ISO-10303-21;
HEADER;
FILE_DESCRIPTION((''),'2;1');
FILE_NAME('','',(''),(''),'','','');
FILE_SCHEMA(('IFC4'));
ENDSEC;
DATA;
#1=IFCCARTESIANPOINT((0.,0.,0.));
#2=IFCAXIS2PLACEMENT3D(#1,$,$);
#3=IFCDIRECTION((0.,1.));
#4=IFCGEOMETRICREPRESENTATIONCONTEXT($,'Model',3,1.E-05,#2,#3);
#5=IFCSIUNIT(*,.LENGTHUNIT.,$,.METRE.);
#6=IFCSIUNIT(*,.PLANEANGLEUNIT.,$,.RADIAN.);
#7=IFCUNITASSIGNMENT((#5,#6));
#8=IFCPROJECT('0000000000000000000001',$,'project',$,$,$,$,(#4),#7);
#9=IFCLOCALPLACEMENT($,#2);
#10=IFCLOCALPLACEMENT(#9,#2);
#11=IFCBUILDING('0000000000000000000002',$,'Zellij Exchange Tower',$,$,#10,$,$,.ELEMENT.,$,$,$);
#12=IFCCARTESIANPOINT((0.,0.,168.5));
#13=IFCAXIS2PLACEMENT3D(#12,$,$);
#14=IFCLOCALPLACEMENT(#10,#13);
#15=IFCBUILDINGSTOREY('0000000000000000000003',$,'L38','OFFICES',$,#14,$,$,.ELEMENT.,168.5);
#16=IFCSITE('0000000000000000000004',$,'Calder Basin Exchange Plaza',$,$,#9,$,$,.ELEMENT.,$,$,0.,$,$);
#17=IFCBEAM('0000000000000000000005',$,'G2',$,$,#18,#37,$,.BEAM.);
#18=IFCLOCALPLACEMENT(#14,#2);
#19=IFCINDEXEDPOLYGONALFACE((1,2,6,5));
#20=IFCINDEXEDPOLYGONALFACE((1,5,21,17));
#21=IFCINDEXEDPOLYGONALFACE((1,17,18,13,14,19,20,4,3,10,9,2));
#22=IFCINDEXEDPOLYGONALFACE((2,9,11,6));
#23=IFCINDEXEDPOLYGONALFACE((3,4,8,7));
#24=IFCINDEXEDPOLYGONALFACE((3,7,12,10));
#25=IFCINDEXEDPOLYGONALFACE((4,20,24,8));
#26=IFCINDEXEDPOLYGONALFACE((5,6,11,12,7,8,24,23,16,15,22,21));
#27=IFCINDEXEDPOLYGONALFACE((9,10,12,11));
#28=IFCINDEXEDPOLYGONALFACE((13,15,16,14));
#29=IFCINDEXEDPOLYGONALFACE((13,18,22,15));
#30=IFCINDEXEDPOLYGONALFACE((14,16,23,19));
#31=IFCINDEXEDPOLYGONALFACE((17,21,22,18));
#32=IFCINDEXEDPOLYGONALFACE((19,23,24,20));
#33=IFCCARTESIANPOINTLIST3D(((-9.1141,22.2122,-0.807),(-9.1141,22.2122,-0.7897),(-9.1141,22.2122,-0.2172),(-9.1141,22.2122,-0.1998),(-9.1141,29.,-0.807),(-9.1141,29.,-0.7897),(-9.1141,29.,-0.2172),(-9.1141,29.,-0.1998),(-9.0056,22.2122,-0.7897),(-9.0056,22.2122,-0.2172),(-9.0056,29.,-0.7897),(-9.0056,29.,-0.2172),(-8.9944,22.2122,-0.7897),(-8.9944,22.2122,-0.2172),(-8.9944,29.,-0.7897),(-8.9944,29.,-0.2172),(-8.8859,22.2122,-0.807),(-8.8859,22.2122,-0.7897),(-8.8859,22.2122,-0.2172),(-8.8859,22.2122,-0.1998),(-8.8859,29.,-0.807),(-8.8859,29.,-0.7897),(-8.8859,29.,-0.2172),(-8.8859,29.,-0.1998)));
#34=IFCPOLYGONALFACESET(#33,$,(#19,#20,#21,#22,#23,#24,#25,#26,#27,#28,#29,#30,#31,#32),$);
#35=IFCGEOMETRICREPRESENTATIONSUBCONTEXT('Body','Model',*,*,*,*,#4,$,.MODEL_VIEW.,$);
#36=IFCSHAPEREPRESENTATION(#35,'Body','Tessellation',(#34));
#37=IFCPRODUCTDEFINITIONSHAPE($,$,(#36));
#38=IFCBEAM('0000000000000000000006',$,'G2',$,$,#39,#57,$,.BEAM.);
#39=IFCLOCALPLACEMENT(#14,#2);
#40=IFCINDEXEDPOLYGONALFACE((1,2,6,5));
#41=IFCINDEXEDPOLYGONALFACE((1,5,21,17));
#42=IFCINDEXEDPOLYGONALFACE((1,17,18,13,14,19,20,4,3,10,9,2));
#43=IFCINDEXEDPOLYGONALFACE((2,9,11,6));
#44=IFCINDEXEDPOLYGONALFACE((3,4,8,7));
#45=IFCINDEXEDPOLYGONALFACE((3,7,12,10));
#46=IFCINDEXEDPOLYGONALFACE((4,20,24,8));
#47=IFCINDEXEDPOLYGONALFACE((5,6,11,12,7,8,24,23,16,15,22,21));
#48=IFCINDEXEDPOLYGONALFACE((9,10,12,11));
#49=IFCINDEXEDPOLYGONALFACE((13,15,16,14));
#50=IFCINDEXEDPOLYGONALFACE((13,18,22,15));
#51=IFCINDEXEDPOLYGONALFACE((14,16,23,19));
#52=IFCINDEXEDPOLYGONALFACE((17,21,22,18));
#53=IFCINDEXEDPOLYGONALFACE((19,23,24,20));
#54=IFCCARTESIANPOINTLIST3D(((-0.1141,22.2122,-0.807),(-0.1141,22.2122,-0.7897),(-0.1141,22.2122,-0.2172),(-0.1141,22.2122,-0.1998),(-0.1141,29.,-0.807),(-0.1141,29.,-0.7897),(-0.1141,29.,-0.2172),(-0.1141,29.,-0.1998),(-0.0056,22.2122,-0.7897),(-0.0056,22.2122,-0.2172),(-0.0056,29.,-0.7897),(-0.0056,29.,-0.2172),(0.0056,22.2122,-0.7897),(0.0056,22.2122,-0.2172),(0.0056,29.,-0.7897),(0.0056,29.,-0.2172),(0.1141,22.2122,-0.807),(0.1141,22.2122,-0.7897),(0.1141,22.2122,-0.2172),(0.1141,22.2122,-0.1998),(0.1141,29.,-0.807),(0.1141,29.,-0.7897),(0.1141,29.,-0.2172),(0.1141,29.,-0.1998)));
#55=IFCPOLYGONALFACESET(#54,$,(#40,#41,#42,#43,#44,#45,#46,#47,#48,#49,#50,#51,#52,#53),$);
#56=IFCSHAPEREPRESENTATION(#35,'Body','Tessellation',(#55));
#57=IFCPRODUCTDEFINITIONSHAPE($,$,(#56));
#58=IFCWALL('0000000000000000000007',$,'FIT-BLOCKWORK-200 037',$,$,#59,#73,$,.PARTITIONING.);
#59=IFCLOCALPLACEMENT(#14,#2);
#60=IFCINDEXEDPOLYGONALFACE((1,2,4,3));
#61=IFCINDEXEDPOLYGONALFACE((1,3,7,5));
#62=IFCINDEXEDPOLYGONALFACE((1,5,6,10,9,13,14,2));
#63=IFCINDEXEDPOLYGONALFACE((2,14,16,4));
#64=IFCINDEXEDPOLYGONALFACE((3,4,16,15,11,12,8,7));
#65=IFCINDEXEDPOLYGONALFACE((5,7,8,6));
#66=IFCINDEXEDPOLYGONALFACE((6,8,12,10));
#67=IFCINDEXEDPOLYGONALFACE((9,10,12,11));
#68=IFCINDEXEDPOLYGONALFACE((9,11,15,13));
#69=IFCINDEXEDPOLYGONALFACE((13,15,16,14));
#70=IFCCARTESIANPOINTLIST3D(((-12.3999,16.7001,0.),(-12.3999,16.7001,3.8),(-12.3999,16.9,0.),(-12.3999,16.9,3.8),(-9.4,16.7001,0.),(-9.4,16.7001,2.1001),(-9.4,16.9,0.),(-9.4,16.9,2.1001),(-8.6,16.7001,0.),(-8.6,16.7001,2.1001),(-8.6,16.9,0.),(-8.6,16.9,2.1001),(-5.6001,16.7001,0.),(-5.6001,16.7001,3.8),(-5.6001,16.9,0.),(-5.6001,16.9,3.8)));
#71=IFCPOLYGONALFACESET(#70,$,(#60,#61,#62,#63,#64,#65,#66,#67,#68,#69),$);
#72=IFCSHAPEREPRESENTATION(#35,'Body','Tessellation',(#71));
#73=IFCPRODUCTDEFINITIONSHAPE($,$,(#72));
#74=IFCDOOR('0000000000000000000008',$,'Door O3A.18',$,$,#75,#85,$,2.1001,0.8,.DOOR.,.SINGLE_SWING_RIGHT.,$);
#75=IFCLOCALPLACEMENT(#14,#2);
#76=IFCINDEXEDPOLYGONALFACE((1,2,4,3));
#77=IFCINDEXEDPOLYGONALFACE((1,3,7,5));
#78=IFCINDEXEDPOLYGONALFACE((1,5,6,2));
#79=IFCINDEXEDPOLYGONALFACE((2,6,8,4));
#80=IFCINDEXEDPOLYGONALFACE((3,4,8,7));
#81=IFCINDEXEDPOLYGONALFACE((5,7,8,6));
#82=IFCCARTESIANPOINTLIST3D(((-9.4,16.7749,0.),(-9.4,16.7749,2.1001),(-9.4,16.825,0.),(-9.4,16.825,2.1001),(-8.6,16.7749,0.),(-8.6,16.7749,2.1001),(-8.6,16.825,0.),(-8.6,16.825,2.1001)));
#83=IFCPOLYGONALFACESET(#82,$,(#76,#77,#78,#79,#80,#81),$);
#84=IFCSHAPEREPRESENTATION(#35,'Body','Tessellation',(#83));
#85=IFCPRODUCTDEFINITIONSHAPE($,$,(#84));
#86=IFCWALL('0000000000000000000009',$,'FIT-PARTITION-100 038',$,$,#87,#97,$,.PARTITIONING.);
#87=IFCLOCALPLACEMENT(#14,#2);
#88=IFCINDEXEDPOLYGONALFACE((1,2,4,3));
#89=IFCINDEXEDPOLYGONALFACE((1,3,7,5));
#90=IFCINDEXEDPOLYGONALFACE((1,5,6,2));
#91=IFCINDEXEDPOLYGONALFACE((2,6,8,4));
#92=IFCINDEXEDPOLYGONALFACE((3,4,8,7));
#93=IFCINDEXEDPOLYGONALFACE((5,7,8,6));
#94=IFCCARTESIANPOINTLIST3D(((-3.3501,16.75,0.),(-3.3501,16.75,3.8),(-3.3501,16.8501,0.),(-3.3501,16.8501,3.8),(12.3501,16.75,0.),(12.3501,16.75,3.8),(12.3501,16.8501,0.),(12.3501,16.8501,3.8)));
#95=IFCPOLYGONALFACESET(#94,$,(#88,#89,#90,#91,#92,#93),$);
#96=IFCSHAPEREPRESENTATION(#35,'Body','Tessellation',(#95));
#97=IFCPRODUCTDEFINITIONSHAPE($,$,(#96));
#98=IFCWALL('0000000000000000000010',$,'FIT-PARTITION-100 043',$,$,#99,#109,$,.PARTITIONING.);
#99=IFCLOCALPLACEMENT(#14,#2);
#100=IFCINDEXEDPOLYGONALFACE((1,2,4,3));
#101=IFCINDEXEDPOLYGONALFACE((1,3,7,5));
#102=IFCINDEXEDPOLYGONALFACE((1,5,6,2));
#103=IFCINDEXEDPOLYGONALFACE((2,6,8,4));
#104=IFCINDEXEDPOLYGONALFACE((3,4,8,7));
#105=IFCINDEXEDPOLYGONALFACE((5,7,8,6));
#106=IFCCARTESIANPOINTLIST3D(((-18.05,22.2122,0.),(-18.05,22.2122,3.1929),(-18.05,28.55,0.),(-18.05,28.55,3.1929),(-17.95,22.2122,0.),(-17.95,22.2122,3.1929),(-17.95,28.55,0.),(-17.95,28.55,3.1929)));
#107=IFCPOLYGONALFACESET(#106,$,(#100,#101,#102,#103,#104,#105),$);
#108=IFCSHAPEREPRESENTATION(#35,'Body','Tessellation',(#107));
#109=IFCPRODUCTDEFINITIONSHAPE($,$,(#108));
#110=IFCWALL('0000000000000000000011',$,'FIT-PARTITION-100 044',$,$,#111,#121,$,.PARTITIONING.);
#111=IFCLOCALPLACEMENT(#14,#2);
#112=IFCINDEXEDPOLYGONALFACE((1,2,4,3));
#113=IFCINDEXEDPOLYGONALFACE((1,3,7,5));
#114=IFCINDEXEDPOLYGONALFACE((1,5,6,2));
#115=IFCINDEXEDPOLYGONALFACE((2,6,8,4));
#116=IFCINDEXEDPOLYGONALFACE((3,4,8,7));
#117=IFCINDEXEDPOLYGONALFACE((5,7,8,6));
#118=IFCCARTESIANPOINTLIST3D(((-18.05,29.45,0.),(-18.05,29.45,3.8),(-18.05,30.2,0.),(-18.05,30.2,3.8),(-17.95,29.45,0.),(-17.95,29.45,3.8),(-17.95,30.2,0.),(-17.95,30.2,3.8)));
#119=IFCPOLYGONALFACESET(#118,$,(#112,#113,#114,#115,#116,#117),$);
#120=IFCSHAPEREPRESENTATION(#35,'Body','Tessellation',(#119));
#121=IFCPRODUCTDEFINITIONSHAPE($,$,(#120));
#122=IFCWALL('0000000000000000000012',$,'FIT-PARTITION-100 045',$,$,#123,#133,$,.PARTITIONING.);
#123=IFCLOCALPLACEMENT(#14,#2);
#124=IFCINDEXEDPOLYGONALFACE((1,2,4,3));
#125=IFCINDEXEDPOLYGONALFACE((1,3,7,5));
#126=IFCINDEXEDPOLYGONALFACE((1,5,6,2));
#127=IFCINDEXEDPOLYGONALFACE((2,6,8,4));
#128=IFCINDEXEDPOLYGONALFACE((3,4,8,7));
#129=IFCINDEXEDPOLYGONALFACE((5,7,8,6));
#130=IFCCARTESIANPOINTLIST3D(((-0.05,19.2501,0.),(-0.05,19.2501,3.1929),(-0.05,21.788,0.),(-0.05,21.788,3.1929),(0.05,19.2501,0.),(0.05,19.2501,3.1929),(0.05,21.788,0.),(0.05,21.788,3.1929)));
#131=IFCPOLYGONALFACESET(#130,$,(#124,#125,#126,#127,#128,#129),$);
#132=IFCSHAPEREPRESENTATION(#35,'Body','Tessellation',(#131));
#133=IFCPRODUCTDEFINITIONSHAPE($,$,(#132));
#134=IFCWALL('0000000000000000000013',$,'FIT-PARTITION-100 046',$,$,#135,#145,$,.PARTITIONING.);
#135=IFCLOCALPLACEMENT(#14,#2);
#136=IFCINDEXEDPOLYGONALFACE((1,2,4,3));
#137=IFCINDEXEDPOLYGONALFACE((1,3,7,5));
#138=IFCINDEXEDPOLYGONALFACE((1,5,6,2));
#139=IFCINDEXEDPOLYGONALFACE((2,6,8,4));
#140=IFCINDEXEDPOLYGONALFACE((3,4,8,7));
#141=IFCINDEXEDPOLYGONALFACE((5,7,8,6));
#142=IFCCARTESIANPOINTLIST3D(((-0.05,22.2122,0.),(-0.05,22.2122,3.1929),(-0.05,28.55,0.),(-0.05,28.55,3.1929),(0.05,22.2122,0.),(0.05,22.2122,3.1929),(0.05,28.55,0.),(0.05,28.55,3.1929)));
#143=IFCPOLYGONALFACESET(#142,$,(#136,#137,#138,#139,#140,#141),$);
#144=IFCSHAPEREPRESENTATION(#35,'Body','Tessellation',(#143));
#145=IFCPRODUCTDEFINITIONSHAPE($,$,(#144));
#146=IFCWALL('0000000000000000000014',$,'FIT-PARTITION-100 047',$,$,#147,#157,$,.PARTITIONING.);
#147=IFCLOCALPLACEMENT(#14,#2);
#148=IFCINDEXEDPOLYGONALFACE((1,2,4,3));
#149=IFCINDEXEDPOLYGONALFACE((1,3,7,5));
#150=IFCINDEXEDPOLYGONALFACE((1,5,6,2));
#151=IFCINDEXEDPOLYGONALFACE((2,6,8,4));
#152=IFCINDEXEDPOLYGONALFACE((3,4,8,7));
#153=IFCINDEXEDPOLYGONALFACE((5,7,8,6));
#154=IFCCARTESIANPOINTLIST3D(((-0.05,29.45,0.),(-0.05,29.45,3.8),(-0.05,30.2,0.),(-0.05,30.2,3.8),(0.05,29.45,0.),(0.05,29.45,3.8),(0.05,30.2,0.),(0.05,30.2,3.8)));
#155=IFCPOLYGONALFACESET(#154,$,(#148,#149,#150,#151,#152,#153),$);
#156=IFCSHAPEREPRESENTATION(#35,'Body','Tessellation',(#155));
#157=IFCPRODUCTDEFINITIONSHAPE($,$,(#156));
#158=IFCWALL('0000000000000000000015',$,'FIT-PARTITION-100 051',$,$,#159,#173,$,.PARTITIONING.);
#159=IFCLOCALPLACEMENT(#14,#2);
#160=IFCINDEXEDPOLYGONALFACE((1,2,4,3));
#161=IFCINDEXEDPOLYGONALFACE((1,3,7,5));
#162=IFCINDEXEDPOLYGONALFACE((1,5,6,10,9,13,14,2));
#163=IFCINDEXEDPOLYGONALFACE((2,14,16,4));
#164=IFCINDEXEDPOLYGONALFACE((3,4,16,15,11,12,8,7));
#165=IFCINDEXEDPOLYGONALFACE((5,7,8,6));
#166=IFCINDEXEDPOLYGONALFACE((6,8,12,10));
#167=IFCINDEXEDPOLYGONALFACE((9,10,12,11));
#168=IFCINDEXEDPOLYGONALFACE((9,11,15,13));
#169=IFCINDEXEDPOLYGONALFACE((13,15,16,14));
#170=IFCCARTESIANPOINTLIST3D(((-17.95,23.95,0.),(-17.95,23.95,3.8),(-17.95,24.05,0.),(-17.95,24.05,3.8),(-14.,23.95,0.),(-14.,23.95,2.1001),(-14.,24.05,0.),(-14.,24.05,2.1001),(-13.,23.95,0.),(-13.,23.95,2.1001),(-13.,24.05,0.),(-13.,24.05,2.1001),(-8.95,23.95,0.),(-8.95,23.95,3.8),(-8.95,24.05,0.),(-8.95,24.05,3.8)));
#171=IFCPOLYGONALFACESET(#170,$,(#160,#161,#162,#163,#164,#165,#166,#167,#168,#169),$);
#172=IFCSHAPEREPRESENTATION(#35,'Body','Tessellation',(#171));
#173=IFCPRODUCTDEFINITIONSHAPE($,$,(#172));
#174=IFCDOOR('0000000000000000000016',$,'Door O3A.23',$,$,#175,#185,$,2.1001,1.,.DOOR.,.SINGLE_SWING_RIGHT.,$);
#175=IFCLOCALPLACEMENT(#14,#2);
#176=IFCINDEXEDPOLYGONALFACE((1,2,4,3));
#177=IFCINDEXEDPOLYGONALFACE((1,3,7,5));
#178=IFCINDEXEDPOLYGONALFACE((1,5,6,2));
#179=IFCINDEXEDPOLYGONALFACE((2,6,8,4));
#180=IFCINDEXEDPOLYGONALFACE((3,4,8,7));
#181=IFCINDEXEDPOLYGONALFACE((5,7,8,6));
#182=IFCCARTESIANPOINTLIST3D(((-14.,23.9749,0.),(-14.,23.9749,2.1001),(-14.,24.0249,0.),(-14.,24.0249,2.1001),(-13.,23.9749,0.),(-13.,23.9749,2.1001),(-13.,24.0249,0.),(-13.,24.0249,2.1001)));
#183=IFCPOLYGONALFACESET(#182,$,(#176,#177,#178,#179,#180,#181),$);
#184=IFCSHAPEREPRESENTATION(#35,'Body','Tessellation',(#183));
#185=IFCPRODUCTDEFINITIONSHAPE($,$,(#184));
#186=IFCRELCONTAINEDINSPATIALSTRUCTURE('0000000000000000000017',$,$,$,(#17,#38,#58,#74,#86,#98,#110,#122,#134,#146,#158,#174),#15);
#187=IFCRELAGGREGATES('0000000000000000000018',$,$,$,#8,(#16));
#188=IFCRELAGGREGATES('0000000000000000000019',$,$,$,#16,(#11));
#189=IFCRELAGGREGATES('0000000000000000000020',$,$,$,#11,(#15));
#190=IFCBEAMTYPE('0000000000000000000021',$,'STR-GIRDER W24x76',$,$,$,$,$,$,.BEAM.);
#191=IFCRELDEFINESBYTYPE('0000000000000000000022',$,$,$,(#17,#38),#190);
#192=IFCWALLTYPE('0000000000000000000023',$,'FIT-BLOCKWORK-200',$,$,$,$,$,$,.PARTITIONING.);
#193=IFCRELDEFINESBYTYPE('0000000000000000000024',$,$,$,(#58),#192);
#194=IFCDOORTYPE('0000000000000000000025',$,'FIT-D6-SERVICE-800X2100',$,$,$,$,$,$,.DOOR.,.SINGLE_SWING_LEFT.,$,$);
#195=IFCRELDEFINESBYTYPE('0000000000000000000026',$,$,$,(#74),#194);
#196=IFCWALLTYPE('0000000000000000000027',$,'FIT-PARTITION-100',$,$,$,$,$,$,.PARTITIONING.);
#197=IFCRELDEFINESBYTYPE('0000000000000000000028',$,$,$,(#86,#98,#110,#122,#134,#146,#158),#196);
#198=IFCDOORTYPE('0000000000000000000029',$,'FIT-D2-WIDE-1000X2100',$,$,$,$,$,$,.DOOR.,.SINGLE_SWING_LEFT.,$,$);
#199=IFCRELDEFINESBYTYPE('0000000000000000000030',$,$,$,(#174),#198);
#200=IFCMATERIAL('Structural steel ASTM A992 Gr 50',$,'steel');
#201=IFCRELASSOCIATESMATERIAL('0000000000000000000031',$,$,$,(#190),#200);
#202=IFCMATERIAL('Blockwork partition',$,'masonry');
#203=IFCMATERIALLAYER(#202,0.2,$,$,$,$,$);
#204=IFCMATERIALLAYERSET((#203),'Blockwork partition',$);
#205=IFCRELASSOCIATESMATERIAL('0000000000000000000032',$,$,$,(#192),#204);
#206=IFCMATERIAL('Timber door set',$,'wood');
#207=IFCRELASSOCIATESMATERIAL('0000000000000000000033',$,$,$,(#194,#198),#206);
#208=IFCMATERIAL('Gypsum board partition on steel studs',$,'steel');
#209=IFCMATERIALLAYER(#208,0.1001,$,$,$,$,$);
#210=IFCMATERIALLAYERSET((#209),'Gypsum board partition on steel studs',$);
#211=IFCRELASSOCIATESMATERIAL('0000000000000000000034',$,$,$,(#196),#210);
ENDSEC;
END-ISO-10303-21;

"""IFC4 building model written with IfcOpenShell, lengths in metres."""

from ifc_helpers import new_model, si_unit, direction, frame, frame_2d, origin, origin_2d, place, context, subcontext, project, spatial, rectangle, i_section, extrude, material, layer, layer_set, material_profile, profile_set, type_object, element, fill, save


model = new_model("IFC4")

# Units and contexts
model_context = context("Model", 3, precision=1e-05, world=origin(), true_north=direction((0.0, 1.0)))
body_context = subcontext(model_context, "Body", "Model", "MODEL_VIEW")
ifc_project = project(units=[si_unit("LENGTHUNIT", "METRE"), si_unit("PLANEANGLEUNIT", "RADIAN")], contexts=[model_context])

# Site, building, storey
site_placement = place(None, origin())
site = spatial("IfcSite", under=ifc_project, at=site_placement, Name="Calder Basin Exchange Plaza", CompositionType="ELEMENT", RefElevation=0.0)
building_placement = place(site_placement, origin())
building = spatial("IfcBuilding", under=site, at=building_placement, Name="Zellij Exchange Tower", CompositionType="ELEMENT")
storey_placement = place(building_placement, frame((0.0, 0.0, 168.5)))
storey = spatial("IfcBuildingStorey", under=building, at=storey_placement, Name="L38", Description="OFFICES", CompositionType="ELEMENT", Elevation=168.5)

# Beams
ifc_material_1 = material(Name="Structural steel ASTM A992 Gr 50", Category="steel")
ifc_material_profile_1 = material_profile(ifc_material_1, i_section(OverallWidth=0.2283, OverallDepth=0.6072, WebThickness=0.0112, FlangeThickness=0.0173, at=origin_2d()), Name="W24x76")
ifc_profile_set_1 = profile_set([ifc_material_profile_1], Name="Structural steel ASTM A992 Gr 50")
beam_type = type_object("IfcBeamType", Name="STR-GIRDER W24x76", PredefinedType="BEAM", material=ifc_profile_set_1)
for number, where, z_axis, x_axis, name in (
    (1, (-9.0, 22.2122, -0.5034), (0.0, 1.0, 0.0), (-1.0, 0.0, 0.0), "G2"),
    (2, (0.0, 22.2122, -0.5034), (0.0, 1.0, 0.0), (-1.0, 0.0, 0.0), "G2"),
):
    element("IfcBeam", number, at=place(storey_placement, frame(where, z_axis=z_axis, x_axis=x_axis)), inside=storey, type_object=beam_type, Name=name, PredefinedType="BEAM", context=body_context, shape_type="SweptSolid", body=[
        extrude(i_section(OverallWidth=0.2283, OverallDepth=0.6072, WebThickness=0.0112, FlangeThickness=0.0173, at=origin_2d()), origin(), (0.0, 0.0, 1.0), 6.7878),
    ])

# Wall, opening, door
ifc_material_2 = material(Name="Blockwork partition", Category="masonry")
ifc_layer_1 = layer(ifc_material_2, 0.2)
ifc_layer_set_1 = layer_set([ifc_layer_1], Name="Blockwork partition")
wall_type_1 = type_object("IfcWallType", Name="FIT-BLOCKWORK-200", PredefinedType="PARTITIONING", material=ifc_layer_set_1)
wall_1_placement = place(storey_placement, frame((-12.3999, 16.8, 0.0), z_axis=(0.0, 0.0, 1.0), x_axis=(1.0, 0.0, 0.0)))
wall_1 = element("IfcWall", 3, at=wall_1_placement, inside=storey, type_object=wall_type_1, Name="FIT-BLOCKWORK-200 037", PredefinedType="PARTITIONING", context=body_context, shape_type="SweptSolid", body=[
    extrude(rectangle(XDim=6.7998, YDim=0.2, at=frame_2d((3.3999, 0.0))), origin(), (0.0, 0.0, 1.0), 3.8),
])
opening_1_placement = place(wall_1_placement, frame((3.0, 0.0, 0.0)))
opening_1 = element("IfcOpeningElement", 4, at=opening_1_placement, cuts=wall_1, PredefinedType="OPENING", context=body_context, shape_type="SweptSolid", body=[
    extrude(rectangle(XDim=0.8, YDim=2.1001, at=frame_2d((0.3999, 1.05))), frame((0.0, 0.1118, 0.0), z_axis=(0.0, -1.0, 0.0), x_axis=(1.0, 0.0, 0.0)), (0.0, 0.0, 1.0), 0.2239),
])
ifc_material_3 = material(Name="Timber door set", Category="wood")
door_type_1 = type_object("IfcDoorType", Name="FIT-D6-SERVICE-800X2100", OperationType="SINGLE_SWING_LEFT", PredefinedType="DOOR", material=ifc_material_3)
door_1_placement = place(opening_1_placement, origin())
door_1 = element("IfcDoor", 5, at=door_1_placement, inside=storey, type_object=door_type_1, Name="Door O3A.18", OperationType="SINGLE_SWING_RIGHT", OverallHeight=2.1001, OverallWidth=0.8, PredefinedType="DOOR", context=body_context, shape_type="SweptSolid", body=[
    extrude(rectangle(XDim=0.8, YDim=2.1001, at=frame_2d((0.3999, 1.05))), frame((0.0, 0.0249, 0.0), z_axis=(0.0, -1.0, 0.0), x_axis=(1.0, 0.0, 0.0)), (0.0, 0.0, 1.0), 0.05),
])
fill(opening_1, door_1)

# Walls
ifc_material_4 = material(Name="Gypsum board partition on steel studs", Category="steel")
ifc_layer_2 = layer(ifc_material_4, 0.1001)
ifc_layer_set_2 = layer_set([ifc_layer_2], Name="Gypsum board partition on steel studs")
wall_type_2 = type_object("IfcWallType", Name="FIT-PARTITION-100", PredefinedType="PARTITIONING", material=ifc_layer_set_2)
wall_2_placement = place(storey_placement, frame((-3.3501, 16.8, 0.0), z_axis=(0.0, 0.0, 1.0), x_axis=(1.0, 0.0, 0.0)))
element("IfcWall", 6, at=wall_2_placement, inside=storey, type_object=wall_type_2, Name="FIT-PARTITION-100 038", PredefinedType="PARTITIONING", context=body_context, shape_type="SweptSolid", body=[
    extrude(rectangle(XDim=15.7002, YDim=0.1001, at=frame_2d((7.8501, 0.0))), origin(), (0.0, 0.0, 1.0), 3.8),
])
wall_3_placement = place(storey_placement, frame((-18.0, 22.2122, 0.0), z_axis=(0.0, 0.0, 1.0), x_axis=(0.0, 1.0, 0.0)))
element("IfcWall", 7, at=wall_3_placement, inside=storey, type_object=wall_type_2, Name="FIT-PARTITION-100 043", PredefinedType="PARTITIONING", context=body_context, shape_type="SweptSolid", body=[
    extrude(rectangle(XDim=6.3379, YDim=0.1001, at=frame_2d((3.1689, 0.0))), origin(), (0.0, 0.0, 1.0), 3.1929),
])
wall_4_placement = place(storey_placement, frame((-18.0, 29.45, 0.0), z_axis=(0.0, 0.0, 1.0), x_axis=(0.0, 1.0, 0.0)))
element("IfcWall", 8, at=wall_4_placement, inside=storey, type_object=wall_type_2, Name="FIT-PARTITION-100 044", PredefinedType="PARTITIONING", context=body_context, shape_type="SweptSolid", body=[
    extrude(rectangle(XDim=0.75, YDim=0.1001, at=frame_2d((0.375, 0.0))), origin(), (0.0, 0.0, 1.0), 3.8),
])
wall_5_placement = place(storey_placement, frame((0.0, 19.25, 0.0), z_axis=(0.0, 0.0, 1.0), x_axis=(0.0, 1.0, 0.0)))
element("IfcWall", 9, at=wall_5_placement, inside=storey, type_object=wall_type_2, Name="FIT-PARTITION-100 045", PredefinedType="PARTITIONING", context=body_context, shape_type="SweptSolid", body=[
    extrude(rectangle(XDim=2.5378, YDim=0.1001, at=frame_2d((1.269, 0.0))), origin(), (0.0, 0.0, 1.0), 3.1929),
])
wall_6_placement = place(storey_placement, frame((0.0, 22.2122, 0.0), z_axis=(0.0, 0.0, 1.0), x_axis=(0.0, 1.0, 0.0)))
element("IfcWall", 10, at=wall_6_placement, inside=storey, type_object=wall_type_2, Name="FIT-PARTITION-100 046", PredefinedType="PARTITIONING", context=body_context, shape_type="SweptSolid", body=[
    extrude(rectangle(XDim=6.3379, YDim=0.1001, at=frame_2d((3.1689, 0.0))), origin(), (0.0, 0.0, 1.0), 3.1929),
])
wall_7_placement = place(storey_placement, frame((0.0, 29.45, 0.0), z_axis=(0.0, 0.0, 1.0), x_axis=(0.0, 1.0, 0.0)))
element("IfcWall", 11, at=wall_7_placement, inside=storey, type_object=wall_type_2, Name="FIT-PARTITION-100 047", PredefinedType="PARTITIONING", context=body_context, shape_type="SweptSolid", body=[
    extrude(rectangle(XDim=0.75, YDim=0.1001, at=frame_2d((0.375, 0.0))), origin(), (0.0, 0.0, 1.0), 3.8),
])

# Wall, opening, door
wall_8_placement = place(storey_placement, frame((-17.95, 24.0, 0.0), z_axis=(0.0, 0.0, 1.0), x_axis=(1.0, 0.0, 0.0)))
wall_8 = element("IfcWall", 12, at=wall_8_placement, inside=storey, type_object=wall_type_2, Name="FIT-PARTITION-100 051", PredefinedType="PARTITIONING", context=body_context, shape_type="SweptSolid", body=[
    extrude(rectangle(XDim=9.0, YDim=0.1001, at=frame_2d((4.5, 0.0))), origin(), (0.0, 0.0, 1.0), 3.8),
])
opening_2_placement = place(wall_8_placement, frame((3.95, 0.0, 0.0)))
opening_2 = element("IfcOpeningElement", 13, at=opening_2_placement, cuts=wall_8, PredefinedType="OPENING", context=body_context, shape_type="SweptSolid", body=[
    extrude(rectangle(XDim=1.0, YDim=2.1001, at=frame_2d((0.5, 1.05))), frame((0.0, 0.062, 0.0), z_axis=(0.0, -1.0, 0.0), x_axis=(1.0, 0.0, 0.0)), (0.0, 0.0, 1.0), 0.124),
])
door_type_2 = type_object("IfcDoorType", Name="FIT-D2-WIDE-1000X2100", OperationType="SINGLE_SWING_LEFT", PredefinedType="DOOR", material=ifc_material_3)
door_2_placement = place(opening_2_placement, origin())
door_2 = element("IfcDoor", 14, at=door_2_placement, inside=storey, type_object=door_type_2, Name="Door O3A.23", OperationType="SINGLE_SWING_RIGHT", OverallHeight=2.1001, OverallWidth=1.0, PredefinedType="DOOR", context=body_context, shape_type="SweptSolid", body=[
    extrude(rectangle(XDim=1.0, YDim=2.1001, at=frame_2d((0.5, 1.05))), frame((0.0, 0.0249, 0.0), z_axis=(0.0, -1.0, 0.0), x_axis=(1.0, 0.0, 0.0)), (0.0, 0.0, 1.0), 0.05),
])
fill(opening_2, door_2)

save(model, "model.ifc")
